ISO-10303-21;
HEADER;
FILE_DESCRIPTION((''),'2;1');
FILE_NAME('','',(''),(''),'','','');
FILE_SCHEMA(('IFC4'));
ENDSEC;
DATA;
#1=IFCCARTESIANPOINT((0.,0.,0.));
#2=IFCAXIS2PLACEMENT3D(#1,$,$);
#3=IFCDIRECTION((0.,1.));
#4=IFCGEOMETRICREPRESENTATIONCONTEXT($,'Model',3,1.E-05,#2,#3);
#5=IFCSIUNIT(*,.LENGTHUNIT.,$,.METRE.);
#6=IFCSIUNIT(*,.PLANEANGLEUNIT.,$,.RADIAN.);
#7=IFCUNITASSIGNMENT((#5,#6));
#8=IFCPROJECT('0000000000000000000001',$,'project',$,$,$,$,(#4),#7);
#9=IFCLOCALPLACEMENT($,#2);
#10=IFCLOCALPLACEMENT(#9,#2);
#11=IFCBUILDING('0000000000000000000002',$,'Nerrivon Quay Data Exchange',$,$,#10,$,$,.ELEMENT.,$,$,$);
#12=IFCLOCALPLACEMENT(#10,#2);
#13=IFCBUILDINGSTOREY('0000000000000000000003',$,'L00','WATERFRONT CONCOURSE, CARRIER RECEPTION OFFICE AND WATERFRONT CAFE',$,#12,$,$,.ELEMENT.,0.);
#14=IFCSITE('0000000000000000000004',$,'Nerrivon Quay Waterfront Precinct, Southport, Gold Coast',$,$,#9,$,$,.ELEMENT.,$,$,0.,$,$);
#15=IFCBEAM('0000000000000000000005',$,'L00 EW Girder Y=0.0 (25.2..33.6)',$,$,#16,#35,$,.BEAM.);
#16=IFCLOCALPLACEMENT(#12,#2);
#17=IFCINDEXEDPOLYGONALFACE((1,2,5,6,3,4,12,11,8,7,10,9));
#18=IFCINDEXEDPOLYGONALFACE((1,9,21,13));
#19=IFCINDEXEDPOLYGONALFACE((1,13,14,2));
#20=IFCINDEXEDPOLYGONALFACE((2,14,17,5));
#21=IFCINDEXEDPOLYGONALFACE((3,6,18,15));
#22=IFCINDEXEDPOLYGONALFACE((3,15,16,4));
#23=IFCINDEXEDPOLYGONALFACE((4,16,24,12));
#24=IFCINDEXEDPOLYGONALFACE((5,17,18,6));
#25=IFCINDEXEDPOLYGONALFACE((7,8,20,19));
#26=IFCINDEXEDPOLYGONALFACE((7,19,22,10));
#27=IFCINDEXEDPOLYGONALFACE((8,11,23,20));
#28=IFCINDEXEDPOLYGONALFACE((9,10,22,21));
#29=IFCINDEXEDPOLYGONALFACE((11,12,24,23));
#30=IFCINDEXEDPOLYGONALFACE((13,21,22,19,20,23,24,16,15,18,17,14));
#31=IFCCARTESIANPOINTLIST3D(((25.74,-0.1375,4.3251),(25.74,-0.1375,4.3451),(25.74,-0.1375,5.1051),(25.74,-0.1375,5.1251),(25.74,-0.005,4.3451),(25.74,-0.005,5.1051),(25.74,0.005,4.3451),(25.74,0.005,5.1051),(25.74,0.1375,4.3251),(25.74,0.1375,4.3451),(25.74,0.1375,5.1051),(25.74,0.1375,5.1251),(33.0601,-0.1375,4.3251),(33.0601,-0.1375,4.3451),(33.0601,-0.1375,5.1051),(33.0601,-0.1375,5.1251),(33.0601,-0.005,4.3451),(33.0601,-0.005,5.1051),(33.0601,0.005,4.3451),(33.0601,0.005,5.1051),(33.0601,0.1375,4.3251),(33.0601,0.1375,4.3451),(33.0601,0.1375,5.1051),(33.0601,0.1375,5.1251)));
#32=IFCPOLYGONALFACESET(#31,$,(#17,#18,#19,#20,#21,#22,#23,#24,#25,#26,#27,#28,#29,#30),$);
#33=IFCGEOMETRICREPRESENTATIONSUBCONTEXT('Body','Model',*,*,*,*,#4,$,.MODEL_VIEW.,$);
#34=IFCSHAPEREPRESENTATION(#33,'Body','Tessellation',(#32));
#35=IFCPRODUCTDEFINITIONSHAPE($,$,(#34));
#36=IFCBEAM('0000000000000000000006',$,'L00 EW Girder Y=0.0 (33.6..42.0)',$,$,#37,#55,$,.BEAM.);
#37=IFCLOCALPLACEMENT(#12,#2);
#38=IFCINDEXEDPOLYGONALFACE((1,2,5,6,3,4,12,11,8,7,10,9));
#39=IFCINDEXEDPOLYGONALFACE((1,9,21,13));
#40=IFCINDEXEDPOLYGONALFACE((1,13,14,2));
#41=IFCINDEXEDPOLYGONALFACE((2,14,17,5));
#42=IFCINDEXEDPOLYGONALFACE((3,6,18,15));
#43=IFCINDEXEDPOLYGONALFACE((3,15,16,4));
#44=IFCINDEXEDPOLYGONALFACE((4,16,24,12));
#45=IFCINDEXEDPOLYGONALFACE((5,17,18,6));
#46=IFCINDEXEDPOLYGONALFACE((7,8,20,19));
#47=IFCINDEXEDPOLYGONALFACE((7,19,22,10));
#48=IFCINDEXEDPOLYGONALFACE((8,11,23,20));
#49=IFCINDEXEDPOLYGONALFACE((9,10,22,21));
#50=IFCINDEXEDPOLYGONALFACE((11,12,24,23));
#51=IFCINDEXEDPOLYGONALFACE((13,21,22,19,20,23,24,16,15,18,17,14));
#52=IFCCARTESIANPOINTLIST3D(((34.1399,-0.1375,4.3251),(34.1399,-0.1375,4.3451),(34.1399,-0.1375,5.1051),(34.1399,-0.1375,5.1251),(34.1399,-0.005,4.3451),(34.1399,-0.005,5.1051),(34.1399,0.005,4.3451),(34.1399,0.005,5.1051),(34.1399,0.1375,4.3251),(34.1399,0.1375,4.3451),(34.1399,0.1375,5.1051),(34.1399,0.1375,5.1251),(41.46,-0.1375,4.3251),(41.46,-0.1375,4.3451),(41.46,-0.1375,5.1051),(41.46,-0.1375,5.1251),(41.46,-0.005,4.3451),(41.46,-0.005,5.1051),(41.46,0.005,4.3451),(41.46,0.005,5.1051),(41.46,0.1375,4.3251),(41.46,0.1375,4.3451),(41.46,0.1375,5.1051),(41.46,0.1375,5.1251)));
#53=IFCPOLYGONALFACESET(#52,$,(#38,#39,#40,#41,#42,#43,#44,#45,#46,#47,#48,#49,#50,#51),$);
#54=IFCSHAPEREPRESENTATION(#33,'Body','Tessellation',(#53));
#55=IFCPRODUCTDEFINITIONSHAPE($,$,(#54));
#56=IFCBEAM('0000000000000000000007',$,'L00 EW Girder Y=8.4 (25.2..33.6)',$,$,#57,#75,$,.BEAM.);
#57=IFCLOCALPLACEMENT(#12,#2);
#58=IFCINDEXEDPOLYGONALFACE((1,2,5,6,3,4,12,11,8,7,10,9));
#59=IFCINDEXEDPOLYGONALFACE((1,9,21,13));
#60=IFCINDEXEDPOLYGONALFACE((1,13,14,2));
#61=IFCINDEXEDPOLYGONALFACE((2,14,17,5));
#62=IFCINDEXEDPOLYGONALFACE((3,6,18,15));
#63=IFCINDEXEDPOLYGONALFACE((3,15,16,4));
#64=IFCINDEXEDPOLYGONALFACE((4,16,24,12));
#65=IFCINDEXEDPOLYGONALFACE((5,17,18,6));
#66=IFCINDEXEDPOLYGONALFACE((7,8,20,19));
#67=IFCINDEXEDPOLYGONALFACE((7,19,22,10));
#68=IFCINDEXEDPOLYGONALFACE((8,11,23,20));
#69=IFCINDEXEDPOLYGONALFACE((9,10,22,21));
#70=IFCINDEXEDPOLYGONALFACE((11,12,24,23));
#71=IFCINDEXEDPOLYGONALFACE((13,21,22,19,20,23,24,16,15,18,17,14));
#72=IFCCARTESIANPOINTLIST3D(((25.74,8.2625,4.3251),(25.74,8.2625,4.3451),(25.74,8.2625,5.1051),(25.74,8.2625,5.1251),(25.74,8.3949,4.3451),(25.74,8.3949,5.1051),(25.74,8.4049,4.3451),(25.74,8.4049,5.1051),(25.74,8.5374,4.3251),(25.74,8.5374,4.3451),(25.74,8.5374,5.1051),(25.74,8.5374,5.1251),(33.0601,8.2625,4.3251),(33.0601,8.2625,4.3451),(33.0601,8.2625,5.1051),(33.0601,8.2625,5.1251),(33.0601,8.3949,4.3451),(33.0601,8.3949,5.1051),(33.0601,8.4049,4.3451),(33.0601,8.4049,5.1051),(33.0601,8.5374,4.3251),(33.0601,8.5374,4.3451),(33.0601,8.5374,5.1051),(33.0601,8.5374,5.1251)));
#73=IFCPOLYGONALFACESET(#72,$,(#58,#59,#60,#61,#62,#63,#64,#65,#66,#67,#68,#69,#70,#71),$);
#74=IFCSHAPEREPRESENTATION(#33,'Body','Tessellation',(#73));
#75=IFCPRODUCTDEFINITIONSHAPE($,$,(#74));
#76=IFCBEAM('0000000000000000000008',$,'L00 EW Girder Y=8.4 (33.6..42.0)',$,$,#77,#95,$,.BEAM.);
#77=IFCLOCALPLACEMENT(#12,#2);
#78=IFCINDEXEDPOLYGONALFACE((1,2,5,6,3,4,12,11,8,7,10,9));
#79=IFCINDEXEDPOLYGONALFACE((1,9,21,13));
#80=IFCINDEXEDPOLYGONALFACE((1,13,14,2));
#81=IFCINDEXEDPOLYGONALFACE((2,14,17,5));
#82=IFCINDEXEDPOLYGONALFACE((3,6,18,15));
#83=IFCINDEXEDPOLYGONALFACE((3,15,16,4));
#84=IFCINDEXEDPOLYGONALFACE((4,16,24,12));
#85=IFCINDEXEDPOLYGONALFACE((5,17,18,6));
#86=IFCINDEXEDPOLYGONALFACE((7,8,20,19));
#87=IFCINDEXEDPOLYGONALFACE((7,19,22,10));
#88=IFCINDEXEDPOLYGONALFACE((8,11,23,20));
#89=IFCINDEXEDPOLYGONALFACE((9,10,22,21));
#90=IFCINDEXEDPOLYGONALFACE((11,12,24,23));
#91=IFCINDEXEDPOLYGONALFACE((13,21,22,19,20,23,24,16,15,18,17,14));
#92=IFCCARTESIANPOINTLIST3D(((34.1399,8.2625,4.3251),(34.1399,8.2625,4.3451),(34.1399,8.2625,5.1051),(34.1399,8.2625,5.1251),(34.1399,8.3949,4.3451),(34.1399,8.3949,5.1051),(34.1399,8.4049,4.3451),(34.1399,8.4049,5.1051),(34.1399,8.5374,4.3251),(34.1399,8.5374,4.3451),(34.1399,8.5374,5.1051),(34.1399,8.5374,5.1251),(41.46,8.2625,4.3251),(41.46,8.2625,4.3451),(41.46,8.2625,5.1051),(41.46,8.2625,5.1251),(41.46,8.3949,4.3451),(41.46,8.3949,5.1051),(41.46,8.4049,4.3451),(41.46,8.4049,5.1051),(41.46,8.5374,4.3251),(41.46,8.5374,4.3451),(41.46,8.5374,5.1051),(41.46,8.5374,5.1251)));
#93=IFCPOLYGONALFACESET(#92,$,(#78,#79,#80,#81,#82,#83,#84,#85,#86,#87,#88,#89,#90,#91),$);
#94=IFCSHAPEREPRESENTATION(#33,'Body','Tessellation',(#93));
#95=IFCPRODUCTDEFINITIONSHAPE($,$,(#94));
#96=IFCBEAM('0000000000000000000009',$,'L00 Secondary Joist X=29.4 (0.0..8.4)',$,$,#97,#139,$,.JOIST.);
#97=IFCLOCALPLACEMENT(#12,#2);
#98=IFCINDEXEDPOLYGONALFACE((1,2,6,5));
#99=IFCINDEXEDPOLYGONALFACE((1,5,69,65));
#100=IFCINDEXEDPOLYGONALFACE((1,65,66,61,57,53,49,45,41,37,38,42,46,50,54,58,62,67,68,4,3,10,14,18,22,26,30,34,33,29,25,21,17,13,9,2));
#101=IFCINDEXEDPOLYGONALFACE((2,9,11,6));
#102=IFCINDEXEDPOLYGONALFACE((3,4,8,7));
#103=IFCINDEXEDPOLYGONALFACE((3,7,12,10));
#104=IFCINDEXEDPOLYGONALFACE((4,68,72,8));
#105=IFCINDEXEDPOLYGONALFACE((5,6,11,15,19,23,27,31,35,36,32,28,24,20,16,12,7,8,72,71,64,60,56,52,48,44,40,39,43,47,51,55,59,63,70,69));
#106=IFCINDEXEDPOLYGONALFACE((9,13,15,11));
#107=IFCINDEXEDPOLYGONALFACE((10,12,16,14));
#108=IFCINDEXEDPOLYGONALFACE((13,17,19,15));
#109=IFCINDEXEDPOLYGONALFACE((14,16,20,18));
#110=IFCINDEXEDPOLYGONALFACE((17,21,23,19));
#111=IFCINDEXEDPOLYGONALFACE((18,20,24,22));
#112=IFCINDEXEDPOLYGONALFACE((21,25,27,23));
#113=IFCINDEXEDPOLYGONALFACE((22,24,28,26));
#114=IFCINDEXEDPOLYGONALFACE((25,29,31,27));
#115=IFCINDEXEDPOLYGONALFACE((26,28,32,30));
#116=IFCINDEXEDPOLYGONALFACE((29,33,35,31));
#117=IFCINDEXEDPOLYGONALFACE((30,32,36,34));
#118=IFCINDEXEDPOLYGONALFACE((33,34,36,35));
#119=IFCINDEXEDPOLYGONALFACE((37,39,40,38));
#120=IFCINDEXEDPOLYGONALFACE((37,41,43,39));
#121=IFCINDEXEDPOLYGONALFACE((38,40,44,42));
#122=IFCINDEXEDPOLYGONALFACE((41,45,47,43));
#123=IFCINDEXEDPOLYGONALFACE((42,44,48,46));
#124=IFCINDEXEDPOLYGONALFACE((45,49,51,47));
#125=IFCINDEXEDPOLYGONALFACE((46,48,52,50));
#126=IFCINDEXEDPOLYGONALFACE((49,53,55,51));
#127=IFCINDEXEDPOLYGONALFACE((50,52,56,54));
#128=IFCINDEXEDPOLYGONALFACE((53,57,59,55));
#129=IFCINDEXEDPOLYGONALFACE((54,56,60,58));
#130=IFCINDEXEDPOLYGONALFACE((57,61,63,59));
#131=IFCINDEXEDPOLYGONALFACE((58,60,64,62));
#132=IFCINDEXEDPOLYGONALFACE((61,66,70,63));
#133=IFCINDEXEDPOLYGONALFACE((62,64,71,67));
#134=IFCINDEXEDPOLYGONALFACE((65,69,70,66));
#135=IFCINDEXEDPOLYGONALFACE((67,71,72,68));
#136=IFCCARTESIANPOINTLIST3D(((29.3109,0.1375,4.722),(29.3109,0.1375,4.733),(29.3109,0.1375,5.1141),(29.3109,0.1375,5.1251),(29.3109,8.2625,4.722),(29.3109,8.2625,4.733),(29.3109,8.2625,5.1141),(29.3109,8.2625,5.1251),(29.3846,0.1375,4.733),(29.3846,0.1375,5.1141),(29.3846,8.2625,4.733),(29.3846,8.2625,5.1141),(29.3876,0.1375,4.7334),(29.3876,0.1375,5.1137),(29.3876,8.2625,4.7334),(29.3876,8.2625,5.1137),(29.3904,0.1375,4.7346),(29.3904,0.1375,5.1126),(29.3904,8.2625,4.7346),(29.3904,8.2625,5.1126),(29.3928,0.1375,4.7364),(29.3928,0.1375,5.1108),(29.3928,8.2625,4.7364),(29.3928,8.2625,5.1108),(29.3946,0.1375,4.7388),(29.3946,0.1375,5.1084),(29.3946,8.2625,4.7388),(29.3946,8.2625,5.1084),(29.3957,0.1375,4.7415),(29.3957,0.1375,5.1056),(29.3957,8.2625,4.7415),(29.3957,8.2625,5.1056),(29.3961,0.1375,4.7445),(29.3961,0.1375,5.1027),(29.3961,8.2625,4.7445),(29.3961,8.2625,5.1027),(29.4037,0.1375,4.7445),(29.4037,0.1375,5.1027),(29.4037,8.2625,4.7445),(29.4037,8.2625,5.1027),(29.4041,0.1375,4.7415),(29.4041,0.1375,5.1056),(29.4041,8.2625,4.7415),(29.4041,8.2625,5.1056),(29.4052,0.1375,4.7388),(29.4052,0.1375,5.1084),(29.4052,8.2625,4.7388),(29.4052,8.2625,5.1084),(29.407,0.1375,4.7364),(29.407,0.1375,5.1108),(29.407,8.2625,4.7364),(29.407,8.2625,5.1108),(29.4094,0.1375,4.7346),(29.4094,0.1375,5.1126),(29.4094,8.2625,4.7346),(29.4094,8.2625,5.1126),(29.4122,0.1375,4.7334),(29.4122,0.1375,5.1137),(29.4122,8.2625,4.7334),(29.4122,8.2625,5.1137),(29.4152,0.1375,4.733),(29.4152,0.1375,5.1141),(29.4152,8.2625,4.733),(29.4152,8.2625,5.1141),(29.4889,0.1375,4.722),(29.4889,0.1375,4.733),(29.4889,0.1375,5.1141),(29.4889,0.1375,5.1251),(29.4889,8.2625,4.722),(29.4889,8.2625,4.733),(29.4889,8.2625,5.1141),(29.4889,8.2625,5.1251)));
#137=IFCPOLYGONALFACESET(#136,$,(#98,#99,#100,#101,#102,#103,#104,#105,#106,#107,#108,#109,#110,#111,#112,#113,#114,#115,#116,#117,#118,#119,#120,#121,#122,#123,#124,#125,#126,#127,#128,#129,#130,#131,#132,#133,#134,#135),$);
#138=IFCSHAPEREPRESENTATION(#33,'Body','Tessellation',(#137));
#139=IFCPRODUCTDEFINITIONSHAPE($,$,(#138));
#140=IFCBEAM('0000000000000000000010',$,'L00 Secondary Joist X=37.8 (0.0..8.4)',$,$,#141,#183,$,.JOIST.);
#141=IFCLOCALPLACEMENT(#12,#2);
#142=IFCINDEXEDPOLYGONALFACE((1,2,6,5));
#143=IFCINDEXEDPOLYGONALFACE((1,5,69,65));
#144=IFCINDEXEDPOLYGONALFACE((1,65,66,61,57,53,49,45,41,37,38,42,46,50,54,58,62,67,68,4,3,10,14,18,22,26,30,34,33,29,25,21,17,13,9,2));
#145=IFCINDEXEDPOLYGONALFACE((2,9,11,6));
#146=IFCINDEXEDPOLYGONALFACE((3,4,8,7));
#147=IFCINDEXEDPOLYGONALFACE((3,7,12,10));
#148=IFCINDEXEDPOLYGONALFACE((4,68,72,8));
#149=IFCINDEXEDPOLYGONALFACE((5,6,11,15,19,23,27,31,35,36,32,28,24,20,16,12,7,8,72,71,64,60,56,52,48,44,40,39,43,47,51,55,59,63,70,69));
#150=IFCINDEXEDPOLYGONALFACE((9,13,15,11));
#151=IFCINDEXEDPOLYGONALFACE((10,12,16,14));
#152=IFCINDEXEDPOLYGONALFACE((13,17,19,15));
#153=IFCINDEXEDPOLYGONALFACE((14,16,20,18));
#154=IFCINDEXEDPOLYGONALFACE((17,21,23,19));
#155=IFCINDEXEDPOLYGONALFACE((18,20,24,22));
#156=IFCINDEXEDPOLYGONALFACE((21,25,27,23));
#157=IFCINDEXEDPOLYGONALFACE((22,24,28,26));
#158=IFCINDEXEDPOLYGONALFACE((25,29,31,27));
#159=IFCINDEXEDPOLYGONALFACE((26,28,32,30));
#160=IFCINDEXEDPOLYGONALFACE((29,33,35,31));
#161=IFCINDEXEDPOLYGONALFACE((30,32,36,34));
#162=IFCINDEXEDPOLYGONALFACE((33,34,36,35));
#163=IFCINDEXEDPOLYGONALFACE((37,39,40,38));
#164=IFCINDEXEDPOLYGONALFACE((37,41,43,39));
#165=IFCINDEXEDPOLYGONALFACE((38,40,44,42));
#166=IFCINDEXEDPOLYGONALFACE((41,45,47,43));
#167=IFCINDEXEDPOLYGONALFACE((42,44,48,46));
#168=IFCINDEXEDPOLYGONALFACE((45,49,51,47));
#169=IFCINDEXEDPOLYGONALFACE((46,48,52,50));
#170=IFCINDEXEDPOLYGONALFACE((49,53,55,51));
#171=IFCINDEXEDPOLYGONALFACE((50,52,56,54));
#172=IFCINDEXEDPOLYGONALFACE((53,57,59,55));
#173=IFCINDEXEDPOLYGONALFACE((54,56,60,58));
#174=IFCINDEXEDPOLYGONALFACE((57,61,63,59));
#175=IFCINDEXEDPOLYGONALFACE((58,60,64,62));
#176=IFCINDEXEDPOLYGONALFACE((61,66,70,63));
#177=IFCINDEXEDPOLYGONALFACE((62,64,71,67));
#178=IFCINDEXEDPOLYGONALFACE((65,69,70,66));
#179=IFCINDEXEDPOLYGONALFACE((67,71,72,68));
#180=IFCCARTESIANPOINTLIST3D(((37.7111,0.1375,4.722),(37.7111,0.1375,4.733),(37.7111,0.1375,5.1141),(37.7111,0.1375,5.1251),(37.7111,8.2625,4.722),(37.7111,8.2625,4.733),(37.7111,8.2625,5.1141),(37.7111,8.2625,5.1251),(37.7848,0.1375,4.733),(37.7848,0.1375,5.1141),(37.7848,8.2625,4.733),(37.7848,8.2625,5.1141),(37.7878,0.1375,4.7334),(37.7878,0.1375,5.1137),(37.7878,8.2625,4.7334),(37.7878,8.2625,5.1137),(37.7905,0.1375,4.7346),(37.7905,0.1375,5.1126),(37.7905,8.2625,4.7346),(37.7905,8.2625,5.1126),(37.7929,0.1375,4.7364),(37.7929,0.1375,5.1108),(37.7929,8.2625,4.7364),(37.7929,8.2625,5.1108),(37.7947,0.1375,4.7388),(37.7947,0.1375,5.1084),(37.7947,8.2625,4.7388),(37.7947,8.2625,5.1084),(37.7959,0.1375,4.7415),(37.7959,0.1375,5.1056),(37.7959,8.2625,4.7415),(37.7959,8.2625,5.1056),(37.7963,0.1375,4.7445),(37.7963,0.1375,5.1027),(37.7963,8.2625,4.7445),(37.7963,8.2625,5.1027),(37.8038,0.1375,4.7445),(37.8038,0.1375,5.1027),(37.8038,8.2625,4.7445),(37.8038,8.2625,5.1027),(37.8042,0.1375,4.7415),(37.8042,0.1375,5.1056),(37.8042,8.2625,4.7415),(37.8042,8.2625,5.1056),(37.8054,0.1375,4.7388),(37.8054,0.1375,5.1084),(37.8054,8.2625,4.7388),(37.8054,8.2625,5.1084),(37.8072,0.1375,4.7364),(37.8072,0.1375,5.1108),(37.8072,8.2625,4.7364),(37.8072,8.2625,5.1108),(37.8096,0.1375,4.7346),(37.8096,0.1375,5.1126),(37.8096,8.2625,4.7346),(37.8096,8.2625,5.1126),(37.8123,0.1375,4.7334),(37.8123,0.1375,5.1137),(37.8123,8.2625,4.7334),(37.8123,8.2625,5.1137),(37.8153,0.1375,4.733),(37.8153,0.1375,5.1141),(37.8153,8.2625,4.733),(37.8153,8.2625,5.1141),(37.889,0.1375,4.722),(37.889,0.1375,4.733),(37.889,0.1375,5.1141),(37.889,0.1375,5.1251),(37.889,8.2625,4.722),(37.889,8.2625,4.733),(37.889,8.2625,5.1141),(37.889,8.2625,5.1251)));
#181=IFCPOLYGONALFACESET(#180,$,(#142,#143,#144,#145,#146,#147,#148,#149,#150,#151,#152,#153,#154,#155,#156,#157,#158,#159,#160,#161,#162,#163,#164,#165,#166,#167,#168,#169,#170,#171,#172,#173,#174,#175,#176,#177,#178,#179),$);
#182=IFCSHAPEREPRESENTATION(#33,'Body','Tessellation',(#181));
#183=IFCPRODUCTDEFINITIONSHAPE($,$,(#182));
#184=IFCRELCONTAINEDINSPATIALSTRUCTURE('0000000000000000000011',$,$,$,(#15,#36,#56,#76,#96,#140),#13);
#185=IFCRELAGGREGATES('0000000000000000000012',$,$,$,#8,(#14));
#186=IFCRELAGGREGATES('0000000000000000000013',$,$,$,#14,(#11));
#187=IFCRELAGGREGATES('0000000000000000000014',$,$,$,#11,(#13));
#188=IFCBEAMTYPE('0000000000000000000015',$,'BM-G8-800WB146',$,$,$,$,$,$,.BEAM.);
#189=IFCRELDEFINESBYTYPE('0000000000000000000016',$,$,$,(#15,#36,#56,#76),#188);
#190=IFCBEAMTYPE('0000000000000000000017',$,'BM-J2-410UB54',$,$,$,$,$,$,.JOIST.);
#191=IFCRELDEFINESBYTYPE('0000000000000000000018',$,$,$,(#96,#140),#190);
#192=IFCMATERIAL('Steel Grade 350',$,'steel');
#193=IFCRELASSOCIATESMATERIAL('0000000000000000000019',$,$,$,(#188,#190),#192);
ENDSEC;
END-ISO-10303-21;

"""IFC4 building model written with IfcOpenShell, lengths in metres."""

from ifc_helpers import new_model, si_unit, direction, frame, origin, origin_2d, place, context, subcontext, project, spatial, i_section, extrude, material, material_profile, profile_set, type_object, element, save


model = new_model("IFC4")

# Units and contexts
model_context = context("Model", 3, precision=1e-05, world=origin(), true_north=direction((0.0, 1.0)))
body_context = subcontext(model_context, "Body", "Model", "MODEL_VIEW")
ifc_project = project(units=[si_unit("LENGTHUNIT", "METRE"), si_unit("PLANEANGLEUNIT", "RADIAN")], contexts=[model_context])

# Site, building, storey
site_placement = place(None, origin())
site = spatial("IfcSite", under=ifc_project, at=site_placement, Name="Nerrivon Quay Waterfront Precinct, Southport, Gold Coast", CompositionType="ELEMENT", RefElevation=0.0)
building_placement = place(site_placement, origin())
building = spatial("IfcBuilding", under=site, at=building_placement, Name="Nerrivon Quay Data Exchange", CompositionType="ELEMENT")
storey_placement = place(building_placement, origin())
storey = spatial("IfcBuildingStorey", under=building, at=storey_placement, Name="L00", Description="WATERFRONT CONCOURSE, CARRIER RECEPTION OFFICE AND WATERFRONT CAFE", CompositionType="ELEMENT", Elevation=0.0)

# Beams
ifc_material_1 = material(Name="Steel Grade 350", Category="steel")
ifc_material_profile_1 = material_profile(ifc_material_1, i_section(OverallWidth=0.2749, OverallDepth=0.8, WebThickness=0.01, FlangeThickness=0.02, at=origin_2d()), Name="800WB146")
ifc_profile_set_1 = profile_set([ifc_material_profile_1], Name="Steel Grade 350")
beam_type_1 = type_object("IfcBeamType", Name="BM-G8-800WB146", PredefinedType="BEAM", material=ifc_profile_set_1)
for number, where, z_axis, x_axis, name in (
    (1, (25.74, 0.0, 4.7251), (1.0, 0.0, 0.0), (0.0, 1.0, 0.0), "L00 EW Girder Y=0.0 (25.2..33.6)"),
    (2, (34.1399, 0.0, 4.7251), (1.0, 0.0, 0.0), (0.0, 1.0, 0.0), "L00 EW Girder Y=0.0 (33.6..42.0)"),
    (3, (25.74, 8.3999, 4.7251), (1.0, 0.0, 0.0), (0.0, 1.0, 0.0), "L00 EW Girder Y=8.4 (25.2..33.6)"),
    (4, (34.1399, 8.3999, 4.7251), (1.0, 0.0, 0.0), (0.0, 1.0, 0.0), "L00 EW Girder Y=8.4 (33.6..42.0)"),
):
    element("IfcBeam", number, at=place(storey_placement, frame(where, z_axis=z_axis, x_axis=x_axis)), inside=storey, type_object=beam_type_1, Name=name, PredefinedType="BEAM", context=body_context, shape_type="SweptSolid", body=[
        extrude(i_section(OverallWidth=0.2749, OverallDepth=0.8, WebThickness=0.01, FlangeThickness=0.02, at=origin_2d()), origin(), (0.0, 0.0, 1.0), 7.3201),
    ])
ifc_material_profile_2 = material_profile(ifc_material_1, i_section(OverallWidth=0.178, OverallDepth=0.4031, WebThickness=0.0076, FlangeThickness=0.011, FilletRadius=0.0115, at=origin_2d()), Name="410UB53.7")
ifc_profile_set_2 = profile_set([ifc_material_profile_2], Name="Steel Grade 350")
beam_type_2 = type_object("IfcBeamType", Name="BM-J2-410UB54", PredefinedType="JOIST", material=ifc_profile_set_2)
for number, where, z_axis, x_axis, name in (
    (5, (29.3999, 0.1375, 4.9236), (0.0, 1.0, 0.0), (-1.0, 0.0, 0.0), "L00 Secondary Joist X=29.4 (0.0..8.4)"),
    (6, (37.8, 0.1375, 4.9236), (0.0, 1.0, 0.0), (-1.0, 0.0, 0.0), "L00 Secondary Joist X=37.8 (0.0..8.4)"),
):
    element("IfcBeam", number, at=place(storey_placement, frame(where, z_axis=z_axis, x_axis=x_axis)), inside=storey, type_object=beam_type_2, Name=name, PredefinedType="JOIST", context=body_context, shape_type="SweptSolid", body=[
        extrude(i_section(OverallWidth=0.178, OverallDepth=0.4031, WebThickness=0.0076, FlangeThickness=0.011, FilletRadius=0.0115, at=origin_2d()), origin(), (0.0, 0.0, 1.0), 8.125),
    ])

save(model, "model.ifc")
